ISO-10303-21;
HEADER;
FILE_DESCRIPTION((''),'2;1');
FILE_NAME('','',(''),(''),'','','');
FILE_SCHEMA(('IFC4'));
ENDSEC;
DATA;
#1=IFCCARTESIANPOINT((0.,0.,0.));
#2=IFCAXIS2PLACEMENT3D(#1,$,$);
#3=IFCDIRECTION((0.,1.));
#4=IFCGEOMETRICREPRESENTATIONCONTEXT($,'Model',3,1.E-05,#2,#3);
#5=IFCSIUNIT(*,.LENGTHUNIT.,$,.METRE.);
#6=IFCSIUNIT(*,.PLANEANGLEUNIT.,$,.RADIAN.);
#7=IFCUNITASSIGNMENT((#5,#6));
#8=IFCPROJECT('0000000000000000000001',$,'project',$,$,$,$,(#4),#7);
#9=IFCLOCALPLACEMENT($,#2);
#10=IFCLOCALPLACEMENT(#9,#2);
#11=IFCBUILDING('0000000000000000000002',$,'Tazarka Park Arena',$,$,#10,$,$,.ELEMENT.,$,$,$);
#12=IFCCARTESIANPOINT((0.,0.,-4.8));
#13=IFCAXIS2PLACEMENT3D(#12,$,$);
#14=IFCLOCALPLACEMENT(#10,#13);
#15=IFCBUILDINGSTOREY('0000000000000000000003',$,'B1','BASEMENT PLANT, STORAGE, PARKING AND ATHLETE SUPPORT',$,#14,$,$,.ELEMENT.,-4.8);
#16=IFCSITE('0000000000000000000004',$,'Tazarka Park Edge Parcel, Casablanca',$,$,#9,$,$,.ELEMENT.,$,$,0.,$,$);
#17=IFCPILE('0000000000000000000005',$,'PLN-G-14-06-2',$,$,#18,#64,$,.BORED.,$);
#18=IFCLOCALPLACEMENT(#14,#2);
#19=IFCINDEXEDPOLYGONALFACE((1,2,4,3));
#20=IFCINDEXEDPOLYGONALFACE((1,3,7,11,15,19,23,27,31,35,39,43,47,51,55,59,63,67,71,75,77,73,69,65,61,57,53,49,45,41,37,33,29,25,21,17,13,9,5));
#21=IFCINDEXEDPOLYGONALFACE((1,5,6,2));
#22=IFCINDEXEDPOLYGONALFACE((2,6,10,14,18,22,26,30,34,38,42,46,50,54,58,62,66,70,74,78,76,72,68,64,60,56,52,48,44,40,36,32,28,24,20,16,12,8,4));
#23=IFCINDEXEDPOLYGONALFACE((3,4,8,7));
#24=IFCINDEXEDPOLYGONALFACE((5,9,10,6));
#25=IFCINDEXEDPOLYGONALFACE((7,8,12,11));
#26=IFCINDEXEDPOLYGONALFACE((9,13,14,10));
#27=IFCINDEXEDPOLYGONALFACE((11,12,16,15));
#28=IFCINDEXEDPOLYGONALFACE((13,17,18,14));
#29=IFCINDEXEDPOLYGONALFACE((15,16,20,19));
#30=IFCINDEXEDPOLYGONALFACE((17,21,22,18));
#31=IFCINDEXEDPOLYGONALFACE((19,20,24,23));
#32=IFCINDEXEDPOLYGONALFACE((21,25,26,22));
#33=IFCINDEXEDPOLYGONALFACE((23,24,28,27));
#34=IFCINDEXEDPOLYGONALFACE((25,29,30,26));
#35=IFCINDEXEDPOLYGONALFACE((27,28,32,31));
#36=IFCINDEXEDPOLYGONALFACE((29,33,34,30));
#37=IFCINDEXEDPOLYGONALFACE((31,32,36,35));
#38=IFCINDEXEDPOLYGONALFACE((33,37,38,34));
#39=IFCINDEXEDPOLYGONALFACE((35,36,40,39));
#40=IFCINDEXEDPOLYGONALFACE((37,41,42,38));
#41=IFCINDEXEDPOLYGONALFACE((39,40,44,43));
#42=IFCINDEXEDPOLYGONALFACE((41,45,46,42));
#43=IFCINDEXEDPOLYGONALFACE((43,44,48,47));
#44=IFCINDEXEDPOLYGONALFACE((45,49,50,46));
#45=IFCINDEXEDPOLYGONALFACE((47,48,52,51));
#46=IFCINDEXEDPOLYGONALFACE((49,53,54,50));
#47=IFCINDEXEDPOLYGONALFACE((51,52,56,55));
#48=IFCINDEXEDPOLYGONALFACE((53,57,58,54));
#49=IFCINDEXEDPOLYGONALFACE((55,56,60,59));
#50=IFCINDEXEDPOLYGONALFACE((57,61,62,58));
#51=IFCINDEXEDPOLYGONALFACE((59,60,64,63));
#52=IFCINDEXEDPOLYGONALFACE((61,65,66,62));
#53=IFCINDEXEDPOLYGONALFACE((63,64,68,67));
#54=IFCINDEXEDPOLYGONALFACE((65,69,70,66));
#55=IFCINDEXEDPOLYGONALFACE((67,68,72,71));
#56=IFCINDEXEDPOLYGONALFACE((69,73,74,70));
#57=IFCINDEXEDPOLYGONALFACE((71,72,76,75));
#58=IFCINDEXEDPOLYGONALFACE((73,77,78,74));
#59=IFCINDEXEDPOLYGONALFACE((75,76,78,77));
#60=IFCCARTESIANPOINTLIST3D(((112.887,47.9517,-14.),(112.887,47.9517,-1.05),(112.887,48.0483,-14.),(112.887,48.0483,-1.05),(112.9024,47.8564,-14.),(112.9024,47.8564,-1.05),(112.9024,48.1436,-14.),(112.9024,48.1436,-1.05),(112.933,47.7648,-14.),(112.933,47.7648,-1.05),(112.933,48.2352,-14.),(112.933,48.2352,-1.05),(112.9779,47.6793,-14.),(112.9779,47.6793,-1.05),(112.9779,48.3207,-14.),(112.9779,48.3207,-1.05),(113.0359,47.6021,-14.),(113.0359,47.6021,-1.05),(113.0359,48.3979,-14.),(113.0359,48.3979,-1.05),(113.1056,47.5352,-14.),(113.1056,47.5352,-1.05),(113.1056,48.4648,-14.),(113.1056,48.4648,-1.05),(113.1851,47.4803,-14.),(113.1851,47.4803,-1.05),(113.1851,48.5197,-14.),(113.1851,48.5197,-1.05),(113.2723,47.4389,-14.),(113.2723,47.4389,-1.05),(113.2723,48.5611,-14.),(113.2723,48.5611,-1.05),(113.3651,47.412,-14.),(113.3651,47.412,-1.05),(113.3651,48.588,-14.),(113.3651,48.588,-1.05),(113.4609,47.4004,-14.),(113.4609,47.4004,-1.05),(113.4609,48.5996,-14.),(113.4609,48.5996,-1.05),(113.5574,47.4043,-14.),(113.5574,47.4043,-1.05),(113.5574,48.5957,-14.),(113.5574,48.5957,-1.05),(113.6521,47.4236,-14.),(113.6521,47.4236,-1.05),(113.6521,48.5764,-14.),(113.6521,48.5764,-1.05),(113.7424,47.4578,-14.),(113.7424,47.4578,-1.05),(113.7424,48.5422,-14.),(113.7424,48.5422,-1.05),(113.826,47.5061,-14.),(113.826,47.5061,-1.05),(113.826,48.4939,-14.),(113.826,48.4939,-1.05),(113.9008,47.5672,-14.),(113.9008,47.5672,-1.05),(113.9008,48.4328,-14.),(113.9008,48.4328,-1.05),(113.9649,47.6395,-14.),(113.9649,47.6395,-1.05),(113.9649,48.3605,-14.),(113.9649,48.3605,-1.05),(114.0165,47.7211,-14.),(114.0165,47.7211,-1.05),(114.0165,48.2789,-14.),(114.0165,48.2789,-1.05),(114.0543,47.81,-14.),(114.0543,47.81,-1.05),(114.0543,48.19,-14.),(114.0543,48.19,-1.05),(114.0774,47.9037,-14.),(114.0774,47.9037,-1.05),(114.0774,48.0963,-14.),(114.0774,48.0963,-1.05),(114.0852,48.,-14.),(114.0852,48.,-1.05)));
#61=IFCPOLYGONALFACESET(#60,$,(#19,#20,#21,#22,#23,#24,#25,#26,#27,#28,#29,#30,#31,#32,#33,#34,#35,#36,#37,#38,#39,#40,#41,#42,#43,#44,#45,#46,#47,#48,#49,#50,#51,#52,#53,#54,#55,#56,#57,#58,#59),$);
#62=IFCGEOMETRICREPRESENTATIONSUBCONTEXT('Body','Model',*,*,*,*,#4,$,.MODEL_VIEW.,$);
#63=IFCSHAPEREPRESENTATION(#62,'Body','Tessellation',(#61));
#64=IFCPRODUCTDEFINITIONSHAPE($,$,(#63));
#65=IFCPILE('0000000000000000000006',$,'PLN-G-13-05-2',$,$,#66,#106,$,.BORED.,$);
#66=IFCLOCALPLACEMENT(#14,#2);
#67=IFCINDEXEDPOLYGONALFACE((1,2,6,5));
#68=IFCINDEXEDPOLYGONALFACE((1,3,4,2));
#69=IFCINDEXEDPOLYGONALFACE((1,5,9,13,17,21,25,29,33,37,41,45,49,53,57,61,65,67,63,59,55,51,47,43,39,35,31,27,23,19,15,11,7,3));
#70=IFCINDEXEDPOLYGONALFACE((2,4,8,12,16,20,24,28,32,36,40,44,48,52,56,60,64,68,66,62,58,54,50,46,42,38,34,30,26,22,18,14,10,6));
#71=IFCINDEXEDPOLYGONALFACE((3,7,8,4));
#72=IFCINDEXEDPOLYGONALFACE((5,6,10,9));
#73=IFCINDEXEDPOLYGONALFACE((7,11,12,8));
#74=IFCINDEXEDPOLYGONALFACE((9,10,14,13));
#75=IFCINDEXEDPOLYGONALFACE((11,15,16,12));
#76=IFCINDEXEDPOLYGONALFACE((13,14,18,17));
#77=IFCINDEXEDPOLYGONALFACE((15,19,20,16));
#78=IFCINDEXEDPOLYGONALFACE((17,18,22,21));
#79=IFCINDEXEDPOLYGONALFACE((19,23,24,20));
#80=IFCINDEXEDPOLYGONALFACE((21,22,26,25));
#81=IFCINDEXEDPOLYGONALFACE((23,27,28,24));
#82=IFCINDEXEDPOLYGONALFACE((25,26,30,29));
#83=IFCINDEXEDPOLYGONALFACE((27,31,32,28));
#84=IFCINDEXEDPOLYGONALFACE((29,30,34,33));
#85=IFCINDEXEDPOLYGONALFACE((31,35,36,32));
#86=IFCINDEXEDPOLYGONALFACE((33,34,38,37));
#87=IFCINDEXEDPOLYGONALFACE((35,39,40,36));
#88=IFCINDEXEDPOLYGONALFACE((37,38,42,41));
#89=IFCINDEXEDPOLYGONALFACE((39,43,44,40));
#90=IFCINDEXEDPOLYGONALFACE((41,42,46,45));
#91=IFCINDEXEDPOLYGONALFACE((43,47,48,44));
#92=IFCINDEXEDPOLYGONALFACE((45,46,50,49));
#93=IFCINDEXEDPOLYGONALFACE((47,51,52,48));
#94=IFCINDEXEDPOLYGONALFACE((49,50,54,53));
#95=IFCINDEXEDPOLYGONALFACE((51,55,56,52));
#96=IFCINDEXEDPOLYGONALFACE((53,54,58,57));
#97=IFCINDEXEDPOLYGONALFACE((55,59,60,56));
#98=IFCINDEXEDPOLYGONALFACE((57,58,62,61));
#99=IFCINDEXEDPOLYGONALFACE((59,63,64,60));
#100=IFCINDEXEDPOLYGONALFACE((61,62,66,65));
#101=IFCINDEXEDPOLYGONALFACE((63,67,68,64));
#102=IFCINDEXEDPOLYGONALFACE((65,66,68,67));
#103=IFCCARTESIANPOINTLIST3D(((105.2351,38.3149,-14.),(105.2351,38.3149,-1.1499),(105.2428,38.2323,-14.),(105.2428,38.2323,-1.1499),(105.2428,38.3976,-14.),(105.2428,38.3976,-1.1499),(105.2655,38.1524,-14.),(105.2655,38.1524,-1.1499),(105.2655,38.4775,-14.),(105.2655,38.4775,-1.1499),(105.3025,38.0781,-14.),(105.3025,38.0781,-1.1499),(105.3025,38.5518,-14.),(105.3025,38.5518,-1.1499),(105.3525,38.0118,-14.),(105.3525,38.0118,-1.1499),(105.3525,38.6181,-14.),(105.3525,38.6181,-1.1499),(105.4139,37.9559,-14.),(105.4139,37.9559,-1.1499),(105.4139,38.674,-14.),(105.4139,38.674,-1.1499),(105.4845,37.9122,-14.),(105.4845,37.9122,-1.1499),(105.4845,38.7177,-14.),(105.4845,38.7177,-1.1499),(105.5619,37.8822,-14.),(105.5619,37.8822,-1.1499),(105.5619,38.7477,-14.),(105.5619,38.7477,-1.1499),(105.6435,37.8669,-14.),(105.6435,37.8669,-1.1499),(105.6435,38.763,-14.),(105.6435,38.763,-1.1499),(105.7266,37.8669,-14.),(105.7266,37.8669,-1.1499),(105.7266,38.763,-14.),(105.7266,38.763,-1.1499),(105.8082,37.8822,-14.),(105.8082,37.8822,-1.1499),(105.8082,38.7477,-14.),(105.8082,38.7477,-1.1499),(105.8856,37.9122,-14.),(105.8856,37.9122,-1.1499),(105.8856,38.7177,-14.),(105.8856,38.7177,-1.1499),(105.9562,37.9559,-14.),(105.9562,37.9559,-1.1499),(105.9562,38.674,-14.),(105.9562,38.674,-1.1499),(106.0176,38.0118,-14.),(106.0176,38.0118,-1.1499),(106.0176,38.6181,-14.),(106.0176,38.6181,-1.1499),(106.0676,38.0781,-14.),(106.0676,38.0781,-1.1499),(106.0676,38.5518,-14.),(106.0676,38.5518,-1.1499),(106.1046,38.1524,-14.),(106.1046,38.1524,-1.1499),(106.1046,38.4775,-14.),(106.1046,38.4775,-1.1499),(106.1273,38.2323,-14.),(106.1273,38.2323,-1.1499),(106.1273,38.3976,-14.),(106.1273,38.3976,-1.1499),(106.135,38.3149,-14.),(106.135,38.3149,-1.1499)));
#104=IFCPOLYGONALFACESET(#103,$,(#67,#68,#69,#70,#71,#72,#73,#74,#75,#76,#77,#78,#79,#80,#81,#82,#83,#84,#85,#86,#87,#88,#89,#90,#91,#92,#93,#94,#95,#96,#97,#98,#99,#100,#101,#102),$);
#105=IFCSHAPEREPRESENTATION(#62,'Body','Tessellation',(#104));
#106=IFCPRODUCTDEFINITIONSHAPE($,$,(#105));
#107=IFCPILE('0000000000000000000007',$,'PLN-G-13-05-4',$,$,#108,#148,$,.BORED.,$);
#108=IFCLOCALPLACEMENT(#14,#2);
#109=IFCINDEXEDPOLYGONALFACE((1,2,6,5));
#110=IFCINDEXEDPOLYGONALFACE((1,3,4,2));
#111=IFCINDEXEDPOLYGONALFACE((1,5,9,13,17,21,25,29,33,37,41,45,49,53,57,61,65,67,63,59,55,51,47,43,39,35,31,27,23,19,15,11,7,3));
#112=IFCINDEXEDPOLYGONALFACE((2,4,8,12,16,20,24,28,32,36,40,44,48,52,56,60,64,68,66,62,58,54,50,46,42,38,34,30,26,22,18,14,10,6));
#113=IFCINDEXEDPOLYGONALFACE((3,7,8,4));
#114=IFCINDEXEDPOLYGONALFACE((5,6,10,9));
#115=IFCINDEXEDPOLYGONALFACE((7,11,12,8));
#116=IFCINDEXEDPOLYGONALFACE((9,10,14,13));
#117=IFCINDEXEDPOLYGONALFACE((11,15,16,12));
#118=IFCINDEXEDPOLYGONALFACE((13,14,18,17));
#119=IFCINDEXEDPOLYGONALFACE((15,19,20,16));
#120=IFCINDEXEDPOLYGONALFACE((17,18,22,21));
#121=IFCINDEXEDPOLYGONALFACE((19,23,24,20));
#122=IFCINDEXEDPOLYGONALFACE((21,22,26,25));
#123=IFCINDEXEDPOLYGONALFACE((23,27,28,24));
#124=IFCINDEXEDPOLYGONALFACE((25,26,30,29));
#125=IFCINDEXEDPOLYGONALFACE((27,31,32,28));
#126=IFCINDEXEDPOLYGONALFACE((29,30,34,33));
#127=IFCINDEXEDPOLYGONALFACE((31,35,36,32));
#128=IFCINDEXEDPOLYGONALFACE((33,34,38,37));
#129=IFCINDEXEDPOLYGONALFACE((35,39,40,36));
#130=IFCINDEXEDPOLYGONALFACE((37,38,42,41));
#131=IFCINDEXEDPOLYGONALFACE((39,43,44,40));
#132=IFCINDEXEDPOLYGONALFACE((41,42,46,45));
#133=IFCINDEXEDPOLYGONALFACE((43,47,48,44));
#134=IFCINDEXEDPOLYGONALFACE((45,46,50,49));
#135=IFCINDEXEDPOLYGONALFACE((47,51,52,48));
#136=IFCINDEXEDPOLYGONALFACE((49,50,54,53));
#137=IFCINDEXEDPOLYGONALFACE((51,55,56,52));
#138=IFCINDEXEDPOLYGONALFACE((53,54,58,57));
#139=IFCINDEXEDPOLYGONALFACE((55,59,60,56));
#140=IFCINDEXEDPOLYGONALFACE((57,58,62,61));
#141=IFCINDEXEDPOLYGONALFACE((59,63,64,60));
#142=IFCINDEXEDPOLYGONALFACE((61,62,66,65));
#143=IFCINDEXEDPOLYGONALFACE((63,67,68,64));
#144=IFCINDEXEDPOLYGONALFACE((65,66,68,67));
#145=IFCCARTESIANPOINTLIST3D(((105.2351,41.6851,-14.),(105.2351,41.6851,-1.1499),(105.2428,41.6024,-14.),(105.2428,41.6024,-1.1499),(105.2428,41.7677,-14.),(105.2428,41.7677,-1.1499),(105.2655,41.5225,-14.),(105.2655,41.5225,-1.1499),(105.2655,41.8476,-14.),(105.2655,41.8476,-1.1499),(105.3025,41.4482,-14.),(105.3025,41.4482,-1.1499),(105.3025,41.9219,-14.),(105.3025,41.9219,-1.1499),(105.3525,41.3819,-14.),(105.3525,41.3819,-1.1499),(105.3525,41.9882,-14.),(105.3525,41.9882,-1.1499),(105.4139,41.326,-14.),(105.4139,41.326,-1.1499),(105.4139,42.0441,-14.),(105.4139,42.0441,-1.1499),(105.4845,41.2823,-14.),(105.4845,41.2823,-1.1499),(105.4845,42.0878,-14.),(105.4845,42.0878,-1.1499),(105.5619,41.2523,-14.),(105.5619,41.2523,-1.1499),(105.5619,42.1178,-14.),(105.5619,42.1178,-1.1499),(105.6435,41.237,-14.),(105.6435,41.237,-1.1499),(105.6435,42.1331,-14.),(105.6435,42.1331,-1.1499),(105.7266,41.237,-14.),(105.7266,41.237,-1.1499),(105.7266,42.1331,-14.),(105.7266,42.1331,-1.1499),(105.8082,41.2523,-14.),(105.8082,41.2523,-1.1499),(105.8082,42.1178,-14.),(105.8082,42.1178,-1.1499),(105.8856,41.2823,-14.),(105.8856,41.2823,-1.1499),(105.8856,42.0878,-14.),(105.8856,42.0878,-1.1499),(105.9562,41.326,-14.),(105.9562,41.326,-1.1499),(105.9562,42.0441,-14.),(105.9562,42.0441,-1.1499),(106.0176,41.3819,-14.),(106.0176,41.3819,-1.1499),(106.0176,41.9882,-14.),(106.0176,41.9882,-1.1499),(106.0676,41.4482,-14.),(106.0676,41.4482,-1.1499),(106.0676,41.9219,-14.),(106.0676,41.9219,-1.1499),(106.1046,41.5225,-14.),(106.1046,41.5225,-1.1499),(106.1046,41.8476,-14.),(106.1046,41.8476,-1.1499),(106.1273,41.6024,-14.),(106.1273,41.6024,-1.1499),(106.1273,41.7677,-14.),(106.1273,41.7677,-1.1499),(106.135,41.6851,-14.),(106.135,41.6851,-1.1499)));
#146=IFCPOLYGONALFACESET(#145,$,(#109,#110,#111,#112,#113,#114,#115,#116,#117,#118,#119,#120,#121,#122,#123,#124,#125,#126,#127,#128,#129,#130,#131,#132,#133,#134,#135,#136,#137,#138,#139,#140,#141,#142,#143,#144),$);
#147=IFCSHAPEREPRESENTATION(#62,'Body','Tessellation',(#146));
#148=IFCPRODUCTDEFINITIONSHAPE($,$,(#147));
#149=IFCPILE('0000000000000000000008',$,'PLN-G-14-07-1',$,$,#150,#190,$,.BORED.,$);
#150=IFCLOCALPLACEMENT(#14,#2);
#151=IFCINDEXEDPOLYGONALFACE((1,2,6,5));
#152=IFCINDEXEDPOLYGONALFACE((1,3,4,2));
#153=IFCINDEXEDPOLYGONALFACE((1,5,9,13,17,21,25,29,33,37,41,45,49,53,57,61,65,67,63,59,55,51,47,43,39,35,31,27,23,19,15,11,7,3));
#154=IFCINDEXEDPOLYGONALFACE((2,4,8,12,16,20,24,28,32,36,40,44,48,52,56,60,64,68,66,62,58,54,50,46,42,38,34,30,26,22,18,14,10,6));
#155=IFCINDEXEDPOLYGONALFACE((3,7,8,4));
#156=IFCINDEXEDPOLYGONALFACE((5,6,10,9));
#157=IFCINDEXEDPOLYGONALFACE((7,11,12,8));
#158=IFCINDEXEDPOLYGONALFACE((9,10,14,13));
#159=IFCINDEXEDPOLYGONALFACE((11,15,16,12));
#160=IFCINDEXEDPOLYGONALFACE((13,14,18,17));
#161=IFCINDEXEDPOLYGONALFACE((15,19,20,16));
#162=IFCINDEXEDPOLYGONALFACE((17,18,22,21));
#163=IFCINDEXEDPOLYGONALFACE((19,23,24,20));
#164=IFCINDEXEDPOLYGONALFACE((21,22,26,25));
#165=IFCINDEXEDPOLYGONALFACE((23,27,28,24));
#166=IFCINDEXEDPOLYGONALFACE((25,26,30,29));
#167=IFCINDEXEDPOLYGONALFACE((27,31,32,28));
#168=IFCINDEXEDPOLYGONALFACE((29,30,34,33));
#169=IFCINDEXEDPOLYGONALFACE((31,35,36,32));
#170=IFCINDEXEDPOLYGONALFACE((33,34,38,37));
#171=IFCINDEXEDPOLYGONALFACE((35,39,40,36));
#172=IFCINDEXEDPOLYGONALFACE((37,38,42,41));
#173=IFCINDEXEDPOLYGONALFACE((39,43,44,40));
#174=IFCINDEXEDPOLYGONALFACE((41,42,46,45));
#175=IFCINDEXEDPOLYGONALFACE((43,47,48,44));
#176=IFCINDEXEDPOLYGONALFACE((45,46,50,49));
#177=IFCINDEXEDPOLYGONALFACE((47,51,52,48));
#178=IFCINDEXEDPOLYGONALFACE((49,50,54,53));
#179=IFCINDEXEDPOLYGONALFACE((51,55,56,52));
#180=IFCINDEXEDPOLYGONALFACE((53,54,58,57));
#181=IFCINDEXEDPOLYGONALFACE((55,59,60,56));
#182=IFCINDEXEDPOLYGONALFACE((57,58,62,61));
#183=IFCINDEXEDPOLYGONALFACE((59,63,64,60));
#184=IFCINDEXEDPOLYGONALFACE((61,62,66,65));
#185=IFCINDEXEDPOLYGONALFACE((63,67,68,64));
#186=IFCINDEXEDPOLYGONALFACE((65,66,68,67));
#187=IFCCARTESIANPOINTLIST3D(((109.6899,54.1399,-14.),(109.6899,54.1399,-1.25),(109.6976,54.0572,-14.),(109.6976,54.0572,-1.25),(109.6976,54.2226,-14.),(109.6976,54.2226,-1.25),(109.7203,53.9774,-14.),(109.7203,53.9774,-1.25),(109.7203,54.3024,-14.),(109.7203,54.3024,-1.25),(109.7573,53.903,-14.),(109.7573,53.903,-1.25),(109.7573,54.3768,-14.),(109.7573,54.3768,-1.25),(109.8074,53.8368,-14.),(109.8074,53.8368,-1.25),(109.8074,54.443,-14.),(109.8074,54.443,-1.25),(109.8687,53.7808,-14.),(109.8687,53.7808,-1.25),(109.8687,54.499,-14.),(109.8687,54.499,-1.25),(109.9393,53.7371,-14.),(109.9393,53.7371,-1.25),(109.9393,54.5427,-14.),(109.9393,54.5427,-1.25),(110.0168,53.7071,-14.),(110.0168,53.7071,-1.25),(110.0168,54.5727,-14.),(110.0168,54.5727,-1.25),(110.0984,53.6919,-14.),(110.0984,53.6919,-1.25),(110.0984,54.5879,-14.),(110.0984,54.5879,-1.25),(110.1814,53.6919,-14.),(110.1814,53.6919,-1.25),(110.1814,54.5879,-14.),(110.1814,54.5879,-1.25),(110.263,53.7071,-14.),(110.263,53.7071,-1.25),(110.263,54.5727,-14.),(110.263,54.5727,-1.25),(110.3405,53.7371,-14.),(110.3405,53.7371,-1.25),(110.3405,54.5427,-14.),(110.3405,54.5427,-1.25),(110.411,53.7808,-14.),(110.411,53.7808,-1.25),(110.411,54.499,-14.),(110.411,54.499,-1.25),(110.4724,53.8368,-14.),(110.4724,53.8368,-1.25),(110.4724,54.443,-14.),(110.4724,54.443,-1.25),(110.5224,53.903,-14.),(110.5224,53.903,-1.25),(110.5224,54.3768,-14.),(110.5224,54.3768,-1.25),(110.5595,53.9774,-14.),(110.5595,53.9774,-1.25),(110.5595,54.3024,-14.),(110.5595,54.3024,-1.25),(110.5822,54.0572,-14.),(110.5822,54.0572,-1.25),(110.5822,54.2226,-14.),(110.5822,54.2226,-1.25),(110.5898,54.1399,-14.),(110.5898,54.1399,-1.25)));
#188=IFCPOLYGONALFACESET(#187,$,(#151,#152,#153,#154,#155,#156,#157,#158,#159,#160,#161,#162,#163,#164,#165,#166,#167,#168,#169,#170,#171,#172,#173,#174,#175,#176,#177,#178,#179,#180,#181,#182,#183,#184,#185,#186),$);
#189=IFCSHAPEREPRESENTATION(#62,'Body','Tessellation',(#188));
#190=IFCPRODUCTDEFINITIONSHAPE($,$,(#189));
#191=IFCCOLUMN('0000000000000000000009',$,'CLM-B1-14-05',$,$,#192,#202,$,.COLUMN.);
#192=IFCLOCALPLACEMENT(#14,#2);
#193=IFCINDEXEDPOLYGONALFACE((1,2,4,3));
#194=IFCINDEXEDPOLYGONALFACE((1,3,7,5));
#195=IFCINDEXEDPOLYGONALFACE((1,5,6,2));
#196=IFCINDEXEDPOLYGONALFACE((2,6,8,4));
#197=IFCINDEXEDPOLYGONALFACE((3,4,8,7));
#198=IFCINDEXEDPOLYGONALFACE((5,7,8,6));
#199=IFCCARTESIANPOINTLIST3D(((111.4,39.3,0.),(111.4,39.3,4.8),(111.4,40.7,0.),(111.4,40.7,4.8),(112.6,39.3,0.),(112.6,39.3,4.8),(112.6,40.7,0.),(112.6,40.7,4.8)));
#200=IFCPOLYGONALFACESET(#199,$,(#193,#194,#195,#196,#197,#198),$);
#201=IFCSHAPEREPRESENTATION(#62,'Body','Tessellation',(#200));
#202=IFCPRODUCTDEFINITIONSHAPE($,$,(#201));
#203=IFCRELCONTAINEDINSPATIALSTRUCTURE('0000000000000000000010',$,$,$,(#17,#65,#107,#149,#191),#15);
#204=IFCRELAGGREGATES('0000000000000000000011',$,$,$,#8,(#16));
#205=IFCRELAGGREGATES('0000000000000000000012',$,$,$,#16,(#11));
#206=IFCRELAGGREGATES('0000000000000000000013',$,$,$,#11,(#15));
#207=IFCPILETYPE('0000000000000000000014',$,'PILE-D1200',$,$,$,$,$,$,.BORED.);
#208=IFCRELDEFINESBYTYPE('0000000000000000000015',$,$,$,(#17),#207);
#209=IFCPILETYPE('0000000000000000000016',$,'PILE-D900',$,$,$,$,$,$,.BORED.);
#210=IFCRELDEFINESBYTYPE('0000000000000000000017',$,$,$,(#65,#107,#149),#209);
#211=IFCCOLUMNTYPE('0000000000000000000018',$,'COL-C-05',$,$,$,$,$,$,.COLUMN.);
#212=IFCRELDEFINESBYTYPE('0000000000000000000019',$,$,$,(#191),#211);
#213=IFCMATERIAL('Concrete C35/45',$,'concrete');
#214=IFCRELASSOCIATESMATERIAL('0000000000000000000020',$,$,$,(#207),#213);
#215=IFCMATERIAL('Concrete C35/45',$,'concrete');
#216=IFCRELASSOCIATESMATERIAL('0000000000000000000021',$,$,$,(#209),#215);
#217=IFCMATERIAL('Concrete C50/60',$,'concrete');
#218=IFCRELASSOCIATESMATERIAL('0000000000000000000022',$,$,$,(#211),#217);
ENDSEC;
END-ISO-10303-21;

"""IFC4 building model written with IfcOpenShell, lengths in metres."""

from ifc_helpers import new_model, si_unit, direction, frame, origin, origin_2d, place, context, subcontext, project, spatial, rectangle, circle, extrude, material, material_profile, profile_set, type_object, element, save


model = new_model("IFC4")

# Units and contexts
model_context = context("Model", 3, precision=1e-05, world=origin(), true_north=direction((0.0, 1.0)))
body_context = subcontext(model_context, "Body", "Model", "MODEL_VIEW")
ifc_project = project(units=[si_unit("LENGTHUNIT", "METRE"), si_unit("PLANEANGLEUNIT", "RADIAN")], contexts=[model_context])

# Site, building, storey
site_placement = place(None, origin())
site = spatial("IfcSite", under=ifc_project, at=site_placement, Name="Tazarka Park Edge Parcel, Casablanca", CompositionType="ELEMENT", RefElevation=0.0)
building_placement = place(site_placement, origin())
building = spatial("IfcBuilding", under=site, at=building_placement, Name="Tazarka Park Arena", CompositionType="ELEMENT")
storey_placement = place(building_placement, frame((0.0, 0.0, -4.8)))
storey = spatial("IfcBuildingStorey", under=building, at=storey_placement, Name="B1", Description="BASEMENT PLANT, STORAGE, PARKING AND ATHLETE SUPPORT", CompositionType="ELEMENT", Elevation=-4.8)

# Piles
ifc_material_1 = material(Name="Concrete C35/45", Category="concrete")
ifc_material_profile_1 = material_profile(ifc_material_1, circle(Radius=0.6001, at=origin_2d()), Name="Concrete C35/45")
ifc_profile_set_1 = profile_set([ifc_material_profile_1], Name="Concrete C35/45")
pile_type_1 = type_object("IfcPileType", Name="PILE-D1200", PredefinedType="BORED", material=ifc_profile_set_1)
for number, where, z_axis, x_axis, name in (
    (1, (113.4851, 48.0, -1.05), (0.0, 0.0, -1.0), (1.0, 0.0, 0.0), "PLN-G-14-06-2"),
):
    element("IfcPile", number, at=place(storey_placement, frame(where, z_axis=z_axis, x_axis=x_axis)), inside=storey, type_object=pile_type_1, Name=name, PredefinedType="BORED", context=body_context, shape_type="SweptSolid", body=[
        extrude(circle(Radius=0.6001, at=origin_2d()), origin(), (0.0, 0.0, 1.0), 12.95),
    ])
ifc_material_2 = material(Name="Concrete C35/45", Category="concrete")
ifc_material_profile_2 = material_profile(ifc_material_2, circle(Radius=0.45, at=origin_2d()), Name="Concrete C35/45")
ifc_profile_set_2 = profile_set([ifc_material_profile_2], Name="Concrete C35/45")
pile_type_2 = type_object("IfcPileType", Name="PILE-D900", PredefinedType="BORED", material=ifc_profile_set_2)
for number, where, z_axis, x_axis, name in (
    (2, (105.6851, 38.3149, -1.1499), (0.0, 0.0, -1.0), (1.0, 0.0, 0.0), "PLN-G-13-05-2"),
    (3, (105.6851, 41.6851, -1.1499), (0.0, 0.0, -1.0), (1.0, 0.0, 0.0), "PLN-G-13-05-4"),
):
    element("IfcPile", number, at=place(storey_placement, frame(where, z_axis=z_axis, x_axis=x_axis)), inside=storey, type_object=pile_type_2, Name=name, PredefinedType="BORED", context=body_context, shape_type="SweptSolid", body=[
        extrude(circle(Radius=0.45, at=origin_2d()), origin(), (0.0, 0.0, 1.0), 12.8501),
    ])
pile_1_placement = place(storey_placement, frame((110.1399, 54.1399, -1.25), z_axis=(0.0, 0.0, -1.0), x_axis=(1.0, 0.0, 0.0)))
element("IfcPile", 4, at=pile_1_placement, inside=storey, type_object=pile_type_2, Name="PLN-G-14-07-1", PredefinedType="BORED", context=body_context, shape_type="SweptSolid", body=[
    extrude(circle(Radius=0.45, at=origin_2d()), origin(), (0.0, 0.0, 1.0), 12.75),
])

# Column
ifc_material_3 = material(Name="Concrete C50/60", Category="concrete")
ifc_material_profile_3 = material_profile(ifc_material_3, rectangle(XDim=1.2, YDim=1.3999, at=origin_2d()), Name="Concrete C50/60")
ifc_profile_set_3 = profile_set([ifc_material_profile_3], Name="Concrete C50/60")
column_type = type_object("IfcColumnType", Name="COL-C-05", PredefinedType="COLUMN", material=ifc_profile_set_3)
for number, where, z_axis, x_axis, name in (
    (5, (112.0, 40.0, 0.0), (0.0, 0.0, 1.0), (1.0, 0.0, 0.0), "CLM-B1-14-05"),
):
    element("IfcColumn", number, at=place(storey_placement, frame(where, z_axis=z_axis, x_axis=x_axis)), inside=storey, type_object=column_type, Name=name, PredefinedType="COLUMN", context=body_context, shape_type="SweptSolid", body=[
        extrude(rectangle(XDim=1.2, YDim=1.3999, at=origin_2d()), origin(), (0.0, 0.0, 1.0), 4.8),
    ])

save(model, "model.ifc")
